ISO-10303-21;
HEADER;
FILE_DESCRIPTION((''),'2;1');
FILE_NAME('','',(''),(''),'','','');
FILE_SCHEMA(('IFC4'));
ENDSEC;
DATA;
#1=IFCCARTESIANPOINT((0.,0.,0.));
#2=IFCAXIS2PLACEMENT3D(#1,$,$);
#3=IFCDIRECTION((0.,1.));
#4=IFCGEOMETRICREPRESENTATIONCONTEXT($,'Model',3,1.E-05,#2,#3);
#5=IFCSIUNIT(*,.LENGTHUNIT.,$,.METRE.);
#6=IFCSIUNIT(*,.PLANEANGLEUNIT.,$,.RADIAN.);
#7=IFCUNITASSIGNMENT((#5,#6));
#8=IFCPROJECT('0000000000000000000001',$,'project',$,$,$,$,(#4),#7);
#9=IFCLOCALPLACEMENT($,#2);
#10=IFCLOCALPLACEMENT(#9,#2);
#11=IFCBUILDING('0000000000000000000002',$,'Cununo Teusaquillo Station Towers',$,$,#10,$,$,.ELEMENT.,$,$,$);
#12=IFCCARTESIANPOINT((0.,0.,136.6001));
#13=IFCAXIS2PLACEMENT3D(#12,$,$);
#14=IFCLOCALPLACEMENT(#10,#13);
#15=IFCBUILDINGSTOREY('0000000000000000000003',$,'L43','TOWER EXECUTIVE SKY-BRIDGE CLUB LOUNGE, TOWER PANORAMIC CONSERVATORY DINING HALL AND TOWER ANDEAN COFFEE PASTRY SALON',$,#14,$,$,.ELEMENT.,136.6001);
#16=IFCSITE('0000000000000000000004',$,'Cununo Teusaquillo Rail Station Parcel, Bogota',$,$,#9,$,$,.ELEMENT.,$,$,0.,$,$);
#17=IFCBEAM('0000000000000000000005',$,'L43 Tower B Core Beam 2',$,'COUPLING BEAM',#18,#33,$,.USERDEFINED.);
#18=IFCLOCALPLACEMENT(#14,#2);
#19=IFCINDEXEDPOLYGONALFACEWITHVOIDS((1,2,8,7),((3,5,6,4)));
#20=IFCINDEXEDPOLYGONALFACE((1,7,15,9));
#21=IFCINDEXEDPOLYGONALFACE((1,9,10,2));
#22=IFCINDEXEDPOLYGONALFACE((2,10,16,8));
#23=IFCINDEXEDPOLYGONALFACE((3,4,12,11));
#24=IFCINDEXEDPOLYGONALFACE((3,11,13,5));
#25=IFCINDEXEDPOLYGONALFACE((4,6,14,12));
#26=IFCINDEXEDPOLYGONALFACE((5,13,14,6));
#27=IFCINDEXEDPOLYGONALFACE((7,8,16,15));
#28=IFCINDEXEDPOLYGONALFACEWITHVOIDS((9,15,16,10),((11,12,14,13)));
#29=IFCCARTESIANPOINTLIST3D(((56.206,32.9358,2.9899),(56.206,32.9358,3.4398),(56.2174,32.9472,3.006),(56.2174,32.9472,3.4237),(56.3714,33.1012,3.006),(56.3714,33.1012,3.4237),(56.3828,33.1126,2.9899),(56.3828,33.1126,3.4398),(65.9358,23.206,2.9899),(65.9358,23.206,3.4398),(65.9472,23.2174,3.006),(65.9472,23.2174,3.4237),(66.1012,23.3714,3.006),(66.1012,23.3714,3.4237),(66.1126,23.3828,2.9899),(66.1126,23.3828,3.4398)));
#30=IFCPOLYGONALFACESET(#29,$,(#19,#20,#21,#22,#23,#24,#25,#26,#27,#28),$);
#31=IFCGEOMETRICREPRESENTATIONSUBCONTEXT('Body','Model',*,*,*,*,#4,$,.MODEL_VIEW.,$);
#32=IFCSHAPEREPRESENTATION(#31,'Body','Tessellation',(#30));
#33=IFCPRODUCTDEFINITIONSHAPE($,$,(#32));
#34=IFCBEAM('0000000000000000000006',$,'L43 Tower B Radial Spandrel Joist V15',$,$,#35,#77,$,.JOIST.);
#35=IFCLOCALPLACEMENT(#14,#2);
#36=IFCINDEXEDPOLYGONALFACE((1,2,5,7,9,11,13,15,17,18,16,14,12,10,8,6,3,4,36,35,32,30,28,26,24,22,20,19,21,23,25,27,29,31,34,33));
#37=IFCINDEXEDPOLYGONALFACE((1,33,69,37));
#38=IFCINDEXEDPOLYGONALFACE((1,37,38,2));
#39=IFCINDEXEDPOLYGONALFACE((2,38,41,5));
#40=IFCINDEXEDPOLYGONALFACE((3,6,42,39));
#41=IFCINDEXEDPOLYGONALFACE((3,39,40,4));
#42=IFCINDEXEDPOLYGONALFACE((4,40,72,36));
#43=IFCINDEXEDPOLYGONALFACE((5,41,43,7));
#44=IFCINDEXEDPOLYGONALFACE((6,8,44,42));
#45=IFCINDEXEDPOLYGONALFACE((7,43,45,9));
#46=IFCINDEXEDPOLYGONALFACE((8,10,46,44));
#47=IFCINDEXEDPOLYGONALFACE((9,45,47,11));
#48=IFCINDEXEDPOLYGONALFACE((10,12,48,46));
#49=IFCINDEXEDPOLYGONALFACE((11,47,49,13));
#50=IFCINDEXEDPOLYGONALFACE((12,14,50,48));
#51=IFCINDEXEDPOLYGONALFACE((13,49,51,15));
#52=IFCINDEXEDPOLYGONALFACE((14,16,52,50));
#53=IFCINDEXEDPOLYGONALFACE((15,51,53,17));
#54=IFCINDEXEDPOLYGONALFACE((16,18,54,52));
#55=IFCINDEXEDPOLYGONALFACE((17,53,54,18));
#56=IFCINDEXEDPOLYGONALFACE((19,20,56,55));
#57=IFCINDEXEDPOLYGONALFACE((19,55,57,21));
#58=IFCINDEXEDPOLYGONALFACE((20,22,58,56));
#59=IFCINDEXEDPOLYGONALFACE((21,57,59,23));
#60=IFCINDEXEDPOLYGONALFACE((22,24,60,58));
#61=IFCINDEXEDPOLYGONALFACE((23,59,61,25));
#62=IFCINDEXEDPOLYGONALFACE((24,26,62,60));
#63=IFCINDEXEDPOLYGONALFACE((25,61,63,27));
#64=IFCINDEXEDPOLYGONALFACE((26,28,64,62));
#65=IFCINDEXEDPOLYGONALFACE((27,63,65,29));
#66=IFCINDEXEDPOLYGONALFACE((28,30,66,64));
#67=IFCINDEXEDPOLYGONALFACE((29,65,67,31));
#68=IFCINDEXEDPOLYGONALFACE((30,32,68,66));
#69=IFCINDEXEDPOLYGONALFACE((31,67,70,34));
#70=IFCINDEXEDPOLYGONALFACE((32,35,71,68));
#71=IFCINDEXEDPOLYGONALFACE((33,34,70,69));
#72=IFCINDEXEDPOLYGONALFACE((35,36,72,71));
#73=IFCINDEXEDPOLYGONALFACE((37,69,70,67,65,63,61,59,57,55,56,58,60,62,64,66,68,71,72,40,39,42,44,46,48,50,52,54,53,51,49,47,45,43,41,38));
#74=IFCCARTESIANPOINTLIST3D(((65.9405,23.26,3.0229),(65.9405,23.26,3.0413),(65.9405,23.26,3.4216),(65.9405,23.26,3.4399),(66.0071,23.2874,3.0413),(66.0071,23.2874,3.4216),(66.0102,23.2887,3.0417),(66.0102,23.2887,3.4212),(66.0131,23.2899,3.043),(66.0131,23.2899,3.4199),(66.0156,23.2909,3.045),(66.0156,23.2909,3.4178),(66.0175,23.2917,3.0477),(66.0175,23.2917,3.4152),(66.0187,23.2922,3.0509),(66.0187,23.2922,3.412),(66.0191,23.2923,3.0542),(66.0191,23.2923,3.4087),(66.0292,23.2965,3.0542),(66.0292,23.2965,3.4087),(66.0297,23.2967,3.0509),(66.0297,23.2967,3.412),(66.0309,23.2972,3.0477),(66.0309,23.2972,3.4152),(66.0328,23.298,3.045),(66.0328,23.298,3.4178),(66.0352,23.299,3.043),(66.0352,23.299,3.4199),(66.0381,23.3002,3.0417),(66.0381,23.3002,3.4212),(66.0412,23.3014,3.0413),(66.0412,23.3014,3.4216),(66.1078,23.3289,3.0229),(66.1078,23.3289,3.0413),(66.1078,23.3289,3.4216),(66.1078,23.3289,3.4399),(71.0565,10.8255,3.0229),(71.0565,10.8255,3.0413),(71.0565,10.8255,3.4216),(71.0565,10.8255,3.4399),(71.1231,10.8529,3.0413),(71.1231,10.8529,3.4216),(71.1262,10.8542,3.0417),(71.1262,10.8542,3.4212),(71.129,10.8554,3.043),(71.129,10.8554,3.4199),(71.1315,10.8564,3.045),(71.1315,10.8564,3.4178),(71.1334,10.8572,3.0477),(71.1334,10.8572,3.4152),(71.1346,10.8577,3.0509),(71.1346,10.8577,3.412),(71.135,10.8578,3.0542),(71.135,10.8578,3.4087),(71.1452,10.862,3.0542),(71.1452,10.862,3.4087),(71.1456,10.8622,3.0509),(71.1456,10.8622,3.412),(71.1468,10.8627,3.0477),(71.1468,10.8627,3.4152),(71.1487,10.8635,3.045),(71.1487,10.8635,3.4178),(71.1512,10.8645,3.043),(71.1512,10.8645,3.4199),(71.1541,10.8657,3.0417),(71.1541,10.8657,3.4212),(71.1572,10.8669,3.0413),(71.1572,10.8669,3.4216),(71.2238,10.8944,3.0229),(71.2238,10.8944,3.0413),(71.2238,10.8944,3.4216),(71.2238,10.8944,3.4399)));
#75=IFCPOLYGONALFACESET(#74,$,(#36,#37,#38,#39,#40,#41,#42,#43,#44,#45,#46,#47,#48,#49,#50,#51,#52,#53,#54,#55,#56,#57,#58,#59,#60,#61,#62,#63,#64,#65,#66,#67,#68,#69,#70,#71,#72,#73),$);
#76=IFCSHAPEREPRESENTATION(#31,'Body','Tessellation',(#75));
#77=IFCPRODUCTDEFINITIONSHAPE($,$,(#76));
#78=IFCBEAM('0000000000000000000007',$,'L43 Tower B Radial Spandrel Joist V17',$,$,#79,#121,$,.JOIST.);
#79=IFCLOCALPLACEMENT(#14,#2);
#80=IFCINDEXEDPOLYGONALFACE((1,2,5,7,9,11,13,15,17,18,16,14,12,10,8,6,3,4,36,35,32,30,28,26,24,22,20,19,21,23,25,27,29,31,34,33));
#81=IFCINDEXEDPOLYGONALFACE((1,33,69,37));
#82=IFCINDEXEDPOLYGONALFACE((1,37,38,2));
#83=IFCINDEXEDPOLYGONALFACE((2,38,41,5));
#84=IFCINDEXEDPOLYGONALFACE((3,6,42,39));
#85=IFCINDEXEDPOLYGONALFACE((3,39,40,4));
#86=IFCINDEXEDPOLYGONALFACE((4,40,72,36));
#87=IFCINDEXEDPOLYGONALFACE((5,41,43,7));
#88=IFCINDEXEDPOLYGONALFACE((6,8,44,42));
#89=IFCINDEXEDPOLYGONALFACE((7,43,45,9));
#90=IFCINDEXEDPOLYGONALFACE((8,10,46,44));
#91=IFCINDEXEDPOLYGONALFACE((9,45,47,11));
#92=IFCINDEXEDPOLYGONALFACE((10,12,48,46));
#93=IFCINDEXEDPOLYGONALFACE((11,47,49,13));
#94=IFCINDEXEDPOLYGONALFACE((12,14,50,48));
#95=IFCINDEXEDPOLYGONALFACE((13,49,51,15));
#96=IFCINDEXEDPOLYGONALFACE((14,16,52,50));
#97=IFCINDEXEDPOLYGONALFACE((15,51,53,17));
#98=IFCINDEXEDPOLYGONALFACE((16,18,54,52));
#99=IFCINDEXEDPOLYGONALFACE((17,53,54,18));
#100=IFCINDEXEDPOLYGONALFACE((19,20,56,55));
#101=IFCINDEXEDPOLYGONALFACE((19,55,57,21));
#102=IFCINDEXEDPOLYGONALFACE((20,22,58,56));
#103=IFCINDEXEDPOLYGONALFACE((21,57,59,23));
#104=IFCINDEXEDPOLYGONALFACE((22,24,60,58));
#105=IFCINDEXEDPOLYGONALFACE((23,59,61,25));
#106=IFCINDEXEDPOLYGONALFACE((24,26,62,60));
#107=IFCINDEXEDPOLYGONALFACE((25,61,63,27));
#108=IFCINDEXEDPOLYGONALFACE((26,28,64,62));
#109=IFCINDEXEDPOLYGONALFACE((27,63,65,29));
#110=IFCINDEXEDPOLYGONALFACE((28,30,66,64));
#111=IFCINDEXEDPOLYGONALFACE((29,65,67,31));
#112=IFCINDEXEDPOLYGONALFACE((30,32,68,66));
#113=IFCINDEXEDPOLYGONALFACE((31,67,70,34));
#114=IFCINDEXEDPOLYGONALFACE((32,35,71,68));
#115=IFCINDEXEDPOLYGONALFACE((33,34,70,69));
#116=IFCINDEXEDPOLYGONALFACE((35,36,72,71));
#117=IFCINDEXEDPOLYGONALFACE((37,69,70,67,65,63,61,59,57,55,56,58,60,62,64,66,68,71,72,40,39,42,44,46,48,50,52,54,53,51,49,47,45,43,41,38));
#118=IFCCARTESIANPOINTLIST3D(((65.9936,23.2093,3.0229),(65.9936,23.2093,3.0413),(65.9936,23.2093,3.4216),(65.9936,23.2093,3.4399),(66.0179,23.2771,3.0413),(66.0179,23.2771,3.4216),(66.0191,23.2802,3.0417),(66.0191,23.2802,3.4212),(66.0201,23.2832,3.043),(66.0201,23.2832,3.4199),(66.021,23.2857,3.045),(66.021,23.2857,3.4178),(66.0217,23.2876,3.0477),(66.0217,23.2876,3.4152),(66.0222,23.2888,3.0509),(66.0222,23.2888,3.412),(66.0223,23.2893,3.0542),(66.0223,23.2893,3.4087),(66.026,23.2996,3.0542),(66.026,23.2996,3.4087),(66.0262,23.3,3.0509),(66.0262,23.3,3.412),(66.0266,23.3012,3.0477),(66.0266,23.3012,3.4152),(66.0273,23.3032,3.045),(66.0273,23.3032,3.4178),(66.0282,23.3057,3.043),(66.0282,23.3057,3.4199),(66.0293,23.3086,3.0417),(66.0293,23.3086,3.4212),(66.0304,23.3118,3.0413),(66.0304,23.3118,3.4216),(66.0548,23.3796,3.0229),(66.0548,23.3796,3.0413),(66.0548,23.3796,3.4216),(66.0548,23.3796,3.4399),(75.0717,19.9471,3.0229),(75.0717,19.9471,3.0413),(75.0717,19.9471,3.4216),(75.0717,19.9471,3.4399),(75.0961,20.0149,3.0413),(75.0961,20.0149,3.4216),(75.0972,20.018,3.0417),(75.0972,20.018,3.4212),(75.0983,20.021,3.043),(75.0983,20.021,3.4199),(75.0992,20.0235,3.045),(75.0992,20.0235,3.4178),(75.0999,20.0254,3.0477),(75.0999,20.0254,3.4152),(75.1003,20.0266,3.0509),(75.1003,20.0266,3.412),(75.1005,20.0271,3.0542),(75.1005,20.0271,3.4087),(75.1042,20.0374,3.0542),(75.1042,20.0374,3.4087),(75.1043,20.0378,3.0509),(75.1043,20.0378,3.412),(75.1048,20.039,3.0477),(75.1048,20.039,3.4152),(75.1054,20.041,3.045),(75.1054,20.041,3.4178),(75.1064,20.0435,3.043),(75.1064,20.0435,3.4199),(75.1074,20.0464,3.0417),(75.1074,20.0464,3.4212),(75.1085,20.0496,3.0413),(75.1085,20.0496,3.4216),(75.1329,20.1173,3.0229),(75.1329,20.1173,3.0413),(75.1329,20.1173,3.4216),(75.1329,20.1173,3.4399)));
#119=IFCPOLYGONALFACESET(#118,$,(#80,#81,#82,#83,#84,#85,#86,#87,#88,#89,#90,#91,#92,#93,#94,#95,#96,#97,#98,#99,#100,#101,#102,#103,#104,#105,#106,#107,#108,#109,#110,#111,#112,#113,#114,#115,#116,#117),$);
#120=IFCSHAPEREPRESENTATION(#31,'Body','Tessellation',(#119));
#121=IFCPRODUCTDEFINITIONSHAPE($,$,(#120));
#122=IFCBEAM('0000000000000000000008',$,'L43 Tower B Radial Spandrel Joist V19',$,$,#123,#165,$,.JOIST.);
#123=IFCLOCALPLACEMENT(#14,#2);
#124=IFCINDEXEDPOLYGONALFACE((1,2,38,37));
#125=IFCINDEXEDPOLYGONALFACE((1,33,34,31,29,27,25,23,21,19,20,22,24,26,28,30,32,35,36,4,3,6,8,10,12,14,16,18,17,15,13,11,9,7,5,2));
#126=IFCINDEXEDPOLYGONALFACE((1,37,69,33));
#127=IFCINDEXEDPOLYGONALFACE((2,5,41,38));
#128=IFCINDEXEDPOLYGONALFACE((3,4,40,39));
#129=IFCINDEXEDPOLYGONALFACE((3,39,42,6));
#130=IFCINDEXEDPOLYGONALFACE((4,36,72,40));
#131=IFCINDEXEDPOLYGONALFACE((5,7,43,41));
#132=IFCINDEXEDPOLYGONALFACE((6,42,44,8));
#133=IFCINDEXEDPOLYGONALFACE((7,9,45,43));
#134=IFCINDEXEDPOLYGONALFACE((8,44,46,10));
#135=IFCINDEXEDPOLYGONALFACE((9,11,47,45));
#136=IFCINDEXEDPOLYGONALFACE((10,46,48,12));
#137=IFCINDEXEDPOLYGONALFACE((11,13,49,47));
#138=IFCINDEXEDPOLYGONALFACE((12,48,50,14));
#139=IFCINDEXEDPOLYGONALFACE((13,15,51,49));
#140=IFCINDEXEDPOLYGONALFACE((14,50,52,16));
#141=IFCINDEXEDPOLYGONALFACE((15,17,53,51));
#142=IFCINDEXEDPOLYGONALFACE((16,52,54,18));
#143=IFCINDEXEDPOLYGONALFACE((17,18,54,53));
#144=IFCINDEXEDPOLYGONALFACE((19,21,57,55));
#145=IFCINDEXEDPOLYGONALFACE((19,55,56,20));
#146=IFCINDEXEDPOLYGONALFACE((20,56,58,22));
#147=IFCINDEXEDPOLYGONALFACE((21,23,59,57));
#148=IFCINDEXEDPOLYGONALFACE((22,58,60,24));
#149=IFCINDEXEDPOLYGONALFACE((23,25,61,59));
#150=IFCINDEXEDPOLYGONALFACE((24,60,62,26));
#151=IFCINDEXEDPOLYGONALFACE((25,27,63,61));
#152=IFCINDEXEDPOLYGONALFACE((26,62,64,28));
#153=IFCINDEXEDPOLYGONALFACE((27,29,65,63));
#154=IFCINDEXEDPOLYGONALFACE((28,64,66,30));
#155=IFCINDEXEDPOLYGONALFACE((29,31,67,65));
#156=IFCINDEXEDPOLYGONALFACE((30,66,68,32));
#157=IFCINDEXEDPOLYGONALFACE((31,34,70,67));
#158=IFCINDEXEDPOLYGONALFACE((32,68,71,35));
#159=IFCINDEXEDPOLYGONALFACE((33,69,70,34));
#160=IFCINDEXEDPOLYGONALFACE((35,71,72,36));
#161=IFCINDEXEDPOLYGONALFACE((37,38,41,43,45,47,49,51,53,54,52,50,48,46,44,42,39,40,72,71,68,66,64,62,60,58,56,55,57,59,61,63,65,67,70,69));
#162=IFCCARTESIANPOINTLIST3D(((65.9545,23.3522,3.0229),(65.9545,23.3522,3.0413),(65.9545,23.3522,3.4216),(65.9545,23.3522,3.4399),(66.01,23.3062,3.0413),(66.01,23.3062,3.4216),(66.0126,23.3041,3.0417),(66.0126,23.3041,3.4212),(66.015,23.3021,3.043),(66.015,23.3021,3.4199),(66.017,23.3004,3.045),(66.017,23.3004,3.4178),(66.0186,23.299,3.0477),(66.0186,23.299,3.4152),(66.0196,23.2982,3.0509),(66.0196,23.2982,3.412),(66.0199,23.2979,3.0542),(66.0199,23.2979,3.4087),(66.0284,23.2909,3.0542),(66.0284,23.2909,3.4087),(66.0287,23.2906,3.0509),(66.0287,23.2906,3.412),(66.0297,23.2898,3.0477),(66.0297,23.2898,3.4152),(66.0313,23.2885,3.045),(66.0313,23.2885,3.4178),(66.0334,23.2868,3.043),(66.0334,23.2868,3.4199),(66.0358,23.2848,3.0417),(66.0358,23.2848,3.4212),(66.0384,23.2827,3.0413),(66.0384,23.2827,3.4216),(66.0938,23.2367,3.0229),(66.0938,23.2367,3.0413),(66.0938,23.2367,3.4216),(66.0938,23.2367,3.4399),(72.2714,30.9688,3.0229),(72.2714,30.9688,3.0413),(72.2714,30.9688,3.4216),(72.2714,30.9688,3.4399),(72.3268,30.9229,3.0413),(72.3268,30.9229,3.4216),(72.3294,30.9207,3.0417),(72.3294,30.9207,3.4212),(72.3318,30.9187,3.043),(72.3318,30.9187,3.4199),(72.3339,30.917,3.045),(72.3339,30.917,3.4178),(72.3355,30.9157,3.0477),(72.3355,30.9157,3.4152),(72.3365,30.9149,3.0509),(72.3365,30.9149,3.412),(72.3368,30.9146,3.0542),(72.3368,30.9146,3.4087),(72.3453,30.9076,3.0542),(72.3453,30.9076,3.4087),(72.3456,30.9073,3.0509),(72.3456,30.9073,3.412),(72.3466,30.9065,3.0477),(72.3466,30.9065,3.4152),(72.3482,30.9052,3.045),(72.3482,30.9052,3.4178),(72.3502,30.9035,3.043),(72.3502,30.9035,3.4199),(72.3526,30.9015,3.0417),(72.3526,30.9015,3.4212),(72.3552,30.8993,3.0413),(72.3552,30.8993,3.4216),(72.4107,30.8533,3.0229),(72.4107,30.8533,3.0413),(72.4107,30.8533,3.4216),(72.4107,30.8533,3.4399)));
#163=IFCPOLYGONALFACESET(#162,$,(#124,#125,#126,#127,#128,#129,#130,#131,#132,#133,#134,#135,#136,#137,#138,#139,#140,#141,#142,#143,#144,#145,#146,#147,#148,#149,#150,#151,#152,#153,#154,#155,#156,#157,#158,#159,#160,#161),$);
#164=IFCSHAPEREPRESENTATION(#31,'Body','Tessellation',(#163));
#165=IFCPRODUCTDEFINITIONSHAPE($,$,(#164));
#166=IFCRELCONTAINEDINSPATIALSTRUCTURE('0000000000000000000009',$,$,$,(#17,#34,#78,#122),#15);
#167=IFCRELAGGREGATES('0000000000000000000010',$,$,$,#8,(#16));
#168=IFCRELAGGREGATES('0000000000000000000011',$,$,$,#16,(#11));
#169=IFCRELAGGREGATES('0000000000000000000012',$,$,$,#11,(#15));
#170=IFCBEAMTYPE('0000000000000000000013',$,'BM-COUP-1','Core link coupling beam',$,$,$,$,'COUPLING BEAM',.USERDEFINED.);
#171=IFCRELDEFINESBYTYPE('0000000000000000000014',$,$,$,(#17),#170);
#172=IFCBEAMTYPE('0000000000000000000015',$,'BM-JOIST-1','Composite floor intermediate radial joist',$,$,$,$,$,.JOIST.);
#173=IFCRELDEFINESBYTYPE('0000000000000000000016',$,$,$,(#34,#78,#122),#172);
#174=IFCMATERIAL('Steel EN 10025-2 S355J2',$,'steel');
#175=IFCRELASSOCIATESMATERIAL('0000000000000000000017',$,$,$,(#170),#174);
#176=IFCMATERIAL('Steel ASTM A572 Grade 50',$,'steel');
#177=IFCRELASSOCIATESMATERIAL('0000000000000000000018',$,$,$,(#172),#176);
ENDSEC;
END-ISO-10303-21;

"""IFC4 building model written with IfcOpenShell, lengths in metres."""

from ifc_helpers import new_model, si_unit, direction, frame, origin, origin_2d, place, context, subcontext, project, spatial, hollow_rectangle, i_section, extrude, material, material_profile, profile_set, type_object, element, save


model = new_model("IFC4")

# Units and contexts
model_context = context("Model", 3, precision=1e-05, world=origin(), true_north=direction((0.0, 1.0)))
body_context = subcontext(model_context, "Body", "Model", "MODEL_VIEW")
ifc_project = project(units=[si_unit("LENGTHUNIT", "METRE"), si_unit("PLANEANGLEUNIT", "RADIAN")], contexts=[model_context])

# Site, building, storey
site_placement = place(None, origin())
site = spatial("IfcSite", under=ifc_project, at=site_placement, Name="Cununo Teusaquillo Rail Station Parcel, Bogota", CompositionType="ELEMENT", RefElevation=0.0)
building_placement = place(site_placement, origin())
building = spatial("IfcBuilding", under=site, at=building_placement, Name="Cununo Teusaquillo Station Towers", CompositionType="ELEMENT")
storey_placement = place(building_placement, frame((0.0, 0.0, 136.6001)))
storey = spatial("IfcBuildingStorey", under=building, at=storey_placement, Name="L43", Description="TOWER EXECUTIVE SKY-BRIDGE CLUB LOUNGE, TOWER PANORAMIC CONSERVATORY DINING HALL AND TOWER ANDEAN COFFEE PASTRY SALON", CompositionType="ELEMENT", Elevation=136.6001)

# Beams
ifc_material_1 = material(Name="Steel EN 10025-2 S355J2", Category="steel")
ifc_material_profile_1 = material_profile(ifc_material_1, hollow_rectangle(XDim=0.25, YDim=0.45, WallThickness=0.0161, at=origin_2d()), Name="RHS 450x250x16")
ifc_profile_set_1 = profile_set([ifc_material_profile_1], Name="Steel EN 10025-2 S355J2")
beam_type_1 = type_object("IfcBeamType", Name="BM-COUP-1", Description="Core link coupling beam", ElementType="COUPLING BEAM", PredefinedType="USERDEFINED", material=ifc_profile_set_1)
beam_1_placement = place(storey_placement, frame((66.0242, 23.2944, 3.2148), z_axis=(-0.707107, 0.707107, 0.0), x_axis=(-0.707107, -0.707107, 0.0)))
element("IfcBeam", 1, at=beam_1_placement, inside=storey, type_object=beam_type_1, Name="L43 Tower B Core Beam 2", ObjectType="COUPLING BEAM", PredefinedType="USERDEFINED", context=body_context, shape_type="SweptSolid", body=[
    extrude(hollow_rectangle(XDim=0.25, YDim=0.45, WallThickness=0.0161, at=origin_2d()), origin(), (0.0, 0.0, 1.0), 13.76),
])
ifc_material_2 = material(Name="Steel ASTM A572 Grade 50", Category="steel")
ifc_material_profile_2 = material_profile(ifc_material_2, i_section(OverallWidth=0.1809, OverallDepth=0.417, WebThickness=0.011, FlangeThickness=0.0183, FilletRadius=0.0129, at=origin_2d()), Name="W16X57")
ifc_profile_set_2 = profile_set([ifc_material_profile_2], Name="Steel ASTM A572 Grade 50")
beam_type_2 = type_object("IfcBeamType", Name="BM-JOIST-1", Description="Composite floor intermediate radial joist", PredefinedType="JOIST", material=ifc_profile_set_2)
beam_2_placement = place(storey_placement, frame((66.0242, 23.2944, 3.2314), z_axis=(0.380486, -0.924787, 0.0), x_axis=(0.924787, 0.380486, 0.0)))
element("IfcBeam", 2, at=beam_2_placement, inside=storey, type_object=beam_type_2, Name="L43 Tower B Radial Spandrel Joist V15", PredefinedType="JOIST", context=body_context, shape_type="SweptSolid", body=[
    extrude(i_section(OverallWidth=0.1809, OverallDepth=0.417, WebThickness=0.011, FlangeThickness=0.0183, FilletRadius=0.0129, at=origin_2d()), origin(), (0.0, 0.0, 1.0), 13.4458),
])
beam_3_placement = place(storey_placement, frame((66.0242, 23.2944, 3.2314), z_axis=(0.941083, -0.338176, 0.0), x_axis=(0.338176, 0.941083, 0.0)))
element("IfcBeam", 3, at=beam_3_placement, inside=storey, type_object=beam_type_2, Name="L43 Tower B Radial Spandrel Joist V17", PredefinedType="JOIST", context=body_context, shape_type="SweptSolid", body=[
    extrude(i_section(OverallWidth=0.1809, OverallDepth=0.417, WebThickness=0.011, FlangeThickness=0.0183, FilletRadius=0.0129, at=origin_2d()), origin(), (0.0, 0.0, 1.0), 9.6465),
])
beam_4_placement = place(storey_placement, frame((66.0242, 23.2944, 3.2314), z_axis=(0.638372, 0.769728, 0.0), x_axis=(-0.769728, 0.638372, 0.0)))
element("IfcBeam", 4, at=beam_4_placement, inside=storey, type_object=beam_type_2, Name="L43 Tower B Radial Spandrel Joist V19", PredefinedType="JOIST", context=body_context, shape_type="SweptSolid", body=[
    extrude(i_section(OverallWidth=0.1809, OverallDepth=0.417, WebThickness=0.011, FlangeThickness=0.0183, FilletRadius=0.0129, at=origin_2d()), origin(), (0.0, 0.0, 1.0), 9.8953),
])

save(model, "model.ifc")
